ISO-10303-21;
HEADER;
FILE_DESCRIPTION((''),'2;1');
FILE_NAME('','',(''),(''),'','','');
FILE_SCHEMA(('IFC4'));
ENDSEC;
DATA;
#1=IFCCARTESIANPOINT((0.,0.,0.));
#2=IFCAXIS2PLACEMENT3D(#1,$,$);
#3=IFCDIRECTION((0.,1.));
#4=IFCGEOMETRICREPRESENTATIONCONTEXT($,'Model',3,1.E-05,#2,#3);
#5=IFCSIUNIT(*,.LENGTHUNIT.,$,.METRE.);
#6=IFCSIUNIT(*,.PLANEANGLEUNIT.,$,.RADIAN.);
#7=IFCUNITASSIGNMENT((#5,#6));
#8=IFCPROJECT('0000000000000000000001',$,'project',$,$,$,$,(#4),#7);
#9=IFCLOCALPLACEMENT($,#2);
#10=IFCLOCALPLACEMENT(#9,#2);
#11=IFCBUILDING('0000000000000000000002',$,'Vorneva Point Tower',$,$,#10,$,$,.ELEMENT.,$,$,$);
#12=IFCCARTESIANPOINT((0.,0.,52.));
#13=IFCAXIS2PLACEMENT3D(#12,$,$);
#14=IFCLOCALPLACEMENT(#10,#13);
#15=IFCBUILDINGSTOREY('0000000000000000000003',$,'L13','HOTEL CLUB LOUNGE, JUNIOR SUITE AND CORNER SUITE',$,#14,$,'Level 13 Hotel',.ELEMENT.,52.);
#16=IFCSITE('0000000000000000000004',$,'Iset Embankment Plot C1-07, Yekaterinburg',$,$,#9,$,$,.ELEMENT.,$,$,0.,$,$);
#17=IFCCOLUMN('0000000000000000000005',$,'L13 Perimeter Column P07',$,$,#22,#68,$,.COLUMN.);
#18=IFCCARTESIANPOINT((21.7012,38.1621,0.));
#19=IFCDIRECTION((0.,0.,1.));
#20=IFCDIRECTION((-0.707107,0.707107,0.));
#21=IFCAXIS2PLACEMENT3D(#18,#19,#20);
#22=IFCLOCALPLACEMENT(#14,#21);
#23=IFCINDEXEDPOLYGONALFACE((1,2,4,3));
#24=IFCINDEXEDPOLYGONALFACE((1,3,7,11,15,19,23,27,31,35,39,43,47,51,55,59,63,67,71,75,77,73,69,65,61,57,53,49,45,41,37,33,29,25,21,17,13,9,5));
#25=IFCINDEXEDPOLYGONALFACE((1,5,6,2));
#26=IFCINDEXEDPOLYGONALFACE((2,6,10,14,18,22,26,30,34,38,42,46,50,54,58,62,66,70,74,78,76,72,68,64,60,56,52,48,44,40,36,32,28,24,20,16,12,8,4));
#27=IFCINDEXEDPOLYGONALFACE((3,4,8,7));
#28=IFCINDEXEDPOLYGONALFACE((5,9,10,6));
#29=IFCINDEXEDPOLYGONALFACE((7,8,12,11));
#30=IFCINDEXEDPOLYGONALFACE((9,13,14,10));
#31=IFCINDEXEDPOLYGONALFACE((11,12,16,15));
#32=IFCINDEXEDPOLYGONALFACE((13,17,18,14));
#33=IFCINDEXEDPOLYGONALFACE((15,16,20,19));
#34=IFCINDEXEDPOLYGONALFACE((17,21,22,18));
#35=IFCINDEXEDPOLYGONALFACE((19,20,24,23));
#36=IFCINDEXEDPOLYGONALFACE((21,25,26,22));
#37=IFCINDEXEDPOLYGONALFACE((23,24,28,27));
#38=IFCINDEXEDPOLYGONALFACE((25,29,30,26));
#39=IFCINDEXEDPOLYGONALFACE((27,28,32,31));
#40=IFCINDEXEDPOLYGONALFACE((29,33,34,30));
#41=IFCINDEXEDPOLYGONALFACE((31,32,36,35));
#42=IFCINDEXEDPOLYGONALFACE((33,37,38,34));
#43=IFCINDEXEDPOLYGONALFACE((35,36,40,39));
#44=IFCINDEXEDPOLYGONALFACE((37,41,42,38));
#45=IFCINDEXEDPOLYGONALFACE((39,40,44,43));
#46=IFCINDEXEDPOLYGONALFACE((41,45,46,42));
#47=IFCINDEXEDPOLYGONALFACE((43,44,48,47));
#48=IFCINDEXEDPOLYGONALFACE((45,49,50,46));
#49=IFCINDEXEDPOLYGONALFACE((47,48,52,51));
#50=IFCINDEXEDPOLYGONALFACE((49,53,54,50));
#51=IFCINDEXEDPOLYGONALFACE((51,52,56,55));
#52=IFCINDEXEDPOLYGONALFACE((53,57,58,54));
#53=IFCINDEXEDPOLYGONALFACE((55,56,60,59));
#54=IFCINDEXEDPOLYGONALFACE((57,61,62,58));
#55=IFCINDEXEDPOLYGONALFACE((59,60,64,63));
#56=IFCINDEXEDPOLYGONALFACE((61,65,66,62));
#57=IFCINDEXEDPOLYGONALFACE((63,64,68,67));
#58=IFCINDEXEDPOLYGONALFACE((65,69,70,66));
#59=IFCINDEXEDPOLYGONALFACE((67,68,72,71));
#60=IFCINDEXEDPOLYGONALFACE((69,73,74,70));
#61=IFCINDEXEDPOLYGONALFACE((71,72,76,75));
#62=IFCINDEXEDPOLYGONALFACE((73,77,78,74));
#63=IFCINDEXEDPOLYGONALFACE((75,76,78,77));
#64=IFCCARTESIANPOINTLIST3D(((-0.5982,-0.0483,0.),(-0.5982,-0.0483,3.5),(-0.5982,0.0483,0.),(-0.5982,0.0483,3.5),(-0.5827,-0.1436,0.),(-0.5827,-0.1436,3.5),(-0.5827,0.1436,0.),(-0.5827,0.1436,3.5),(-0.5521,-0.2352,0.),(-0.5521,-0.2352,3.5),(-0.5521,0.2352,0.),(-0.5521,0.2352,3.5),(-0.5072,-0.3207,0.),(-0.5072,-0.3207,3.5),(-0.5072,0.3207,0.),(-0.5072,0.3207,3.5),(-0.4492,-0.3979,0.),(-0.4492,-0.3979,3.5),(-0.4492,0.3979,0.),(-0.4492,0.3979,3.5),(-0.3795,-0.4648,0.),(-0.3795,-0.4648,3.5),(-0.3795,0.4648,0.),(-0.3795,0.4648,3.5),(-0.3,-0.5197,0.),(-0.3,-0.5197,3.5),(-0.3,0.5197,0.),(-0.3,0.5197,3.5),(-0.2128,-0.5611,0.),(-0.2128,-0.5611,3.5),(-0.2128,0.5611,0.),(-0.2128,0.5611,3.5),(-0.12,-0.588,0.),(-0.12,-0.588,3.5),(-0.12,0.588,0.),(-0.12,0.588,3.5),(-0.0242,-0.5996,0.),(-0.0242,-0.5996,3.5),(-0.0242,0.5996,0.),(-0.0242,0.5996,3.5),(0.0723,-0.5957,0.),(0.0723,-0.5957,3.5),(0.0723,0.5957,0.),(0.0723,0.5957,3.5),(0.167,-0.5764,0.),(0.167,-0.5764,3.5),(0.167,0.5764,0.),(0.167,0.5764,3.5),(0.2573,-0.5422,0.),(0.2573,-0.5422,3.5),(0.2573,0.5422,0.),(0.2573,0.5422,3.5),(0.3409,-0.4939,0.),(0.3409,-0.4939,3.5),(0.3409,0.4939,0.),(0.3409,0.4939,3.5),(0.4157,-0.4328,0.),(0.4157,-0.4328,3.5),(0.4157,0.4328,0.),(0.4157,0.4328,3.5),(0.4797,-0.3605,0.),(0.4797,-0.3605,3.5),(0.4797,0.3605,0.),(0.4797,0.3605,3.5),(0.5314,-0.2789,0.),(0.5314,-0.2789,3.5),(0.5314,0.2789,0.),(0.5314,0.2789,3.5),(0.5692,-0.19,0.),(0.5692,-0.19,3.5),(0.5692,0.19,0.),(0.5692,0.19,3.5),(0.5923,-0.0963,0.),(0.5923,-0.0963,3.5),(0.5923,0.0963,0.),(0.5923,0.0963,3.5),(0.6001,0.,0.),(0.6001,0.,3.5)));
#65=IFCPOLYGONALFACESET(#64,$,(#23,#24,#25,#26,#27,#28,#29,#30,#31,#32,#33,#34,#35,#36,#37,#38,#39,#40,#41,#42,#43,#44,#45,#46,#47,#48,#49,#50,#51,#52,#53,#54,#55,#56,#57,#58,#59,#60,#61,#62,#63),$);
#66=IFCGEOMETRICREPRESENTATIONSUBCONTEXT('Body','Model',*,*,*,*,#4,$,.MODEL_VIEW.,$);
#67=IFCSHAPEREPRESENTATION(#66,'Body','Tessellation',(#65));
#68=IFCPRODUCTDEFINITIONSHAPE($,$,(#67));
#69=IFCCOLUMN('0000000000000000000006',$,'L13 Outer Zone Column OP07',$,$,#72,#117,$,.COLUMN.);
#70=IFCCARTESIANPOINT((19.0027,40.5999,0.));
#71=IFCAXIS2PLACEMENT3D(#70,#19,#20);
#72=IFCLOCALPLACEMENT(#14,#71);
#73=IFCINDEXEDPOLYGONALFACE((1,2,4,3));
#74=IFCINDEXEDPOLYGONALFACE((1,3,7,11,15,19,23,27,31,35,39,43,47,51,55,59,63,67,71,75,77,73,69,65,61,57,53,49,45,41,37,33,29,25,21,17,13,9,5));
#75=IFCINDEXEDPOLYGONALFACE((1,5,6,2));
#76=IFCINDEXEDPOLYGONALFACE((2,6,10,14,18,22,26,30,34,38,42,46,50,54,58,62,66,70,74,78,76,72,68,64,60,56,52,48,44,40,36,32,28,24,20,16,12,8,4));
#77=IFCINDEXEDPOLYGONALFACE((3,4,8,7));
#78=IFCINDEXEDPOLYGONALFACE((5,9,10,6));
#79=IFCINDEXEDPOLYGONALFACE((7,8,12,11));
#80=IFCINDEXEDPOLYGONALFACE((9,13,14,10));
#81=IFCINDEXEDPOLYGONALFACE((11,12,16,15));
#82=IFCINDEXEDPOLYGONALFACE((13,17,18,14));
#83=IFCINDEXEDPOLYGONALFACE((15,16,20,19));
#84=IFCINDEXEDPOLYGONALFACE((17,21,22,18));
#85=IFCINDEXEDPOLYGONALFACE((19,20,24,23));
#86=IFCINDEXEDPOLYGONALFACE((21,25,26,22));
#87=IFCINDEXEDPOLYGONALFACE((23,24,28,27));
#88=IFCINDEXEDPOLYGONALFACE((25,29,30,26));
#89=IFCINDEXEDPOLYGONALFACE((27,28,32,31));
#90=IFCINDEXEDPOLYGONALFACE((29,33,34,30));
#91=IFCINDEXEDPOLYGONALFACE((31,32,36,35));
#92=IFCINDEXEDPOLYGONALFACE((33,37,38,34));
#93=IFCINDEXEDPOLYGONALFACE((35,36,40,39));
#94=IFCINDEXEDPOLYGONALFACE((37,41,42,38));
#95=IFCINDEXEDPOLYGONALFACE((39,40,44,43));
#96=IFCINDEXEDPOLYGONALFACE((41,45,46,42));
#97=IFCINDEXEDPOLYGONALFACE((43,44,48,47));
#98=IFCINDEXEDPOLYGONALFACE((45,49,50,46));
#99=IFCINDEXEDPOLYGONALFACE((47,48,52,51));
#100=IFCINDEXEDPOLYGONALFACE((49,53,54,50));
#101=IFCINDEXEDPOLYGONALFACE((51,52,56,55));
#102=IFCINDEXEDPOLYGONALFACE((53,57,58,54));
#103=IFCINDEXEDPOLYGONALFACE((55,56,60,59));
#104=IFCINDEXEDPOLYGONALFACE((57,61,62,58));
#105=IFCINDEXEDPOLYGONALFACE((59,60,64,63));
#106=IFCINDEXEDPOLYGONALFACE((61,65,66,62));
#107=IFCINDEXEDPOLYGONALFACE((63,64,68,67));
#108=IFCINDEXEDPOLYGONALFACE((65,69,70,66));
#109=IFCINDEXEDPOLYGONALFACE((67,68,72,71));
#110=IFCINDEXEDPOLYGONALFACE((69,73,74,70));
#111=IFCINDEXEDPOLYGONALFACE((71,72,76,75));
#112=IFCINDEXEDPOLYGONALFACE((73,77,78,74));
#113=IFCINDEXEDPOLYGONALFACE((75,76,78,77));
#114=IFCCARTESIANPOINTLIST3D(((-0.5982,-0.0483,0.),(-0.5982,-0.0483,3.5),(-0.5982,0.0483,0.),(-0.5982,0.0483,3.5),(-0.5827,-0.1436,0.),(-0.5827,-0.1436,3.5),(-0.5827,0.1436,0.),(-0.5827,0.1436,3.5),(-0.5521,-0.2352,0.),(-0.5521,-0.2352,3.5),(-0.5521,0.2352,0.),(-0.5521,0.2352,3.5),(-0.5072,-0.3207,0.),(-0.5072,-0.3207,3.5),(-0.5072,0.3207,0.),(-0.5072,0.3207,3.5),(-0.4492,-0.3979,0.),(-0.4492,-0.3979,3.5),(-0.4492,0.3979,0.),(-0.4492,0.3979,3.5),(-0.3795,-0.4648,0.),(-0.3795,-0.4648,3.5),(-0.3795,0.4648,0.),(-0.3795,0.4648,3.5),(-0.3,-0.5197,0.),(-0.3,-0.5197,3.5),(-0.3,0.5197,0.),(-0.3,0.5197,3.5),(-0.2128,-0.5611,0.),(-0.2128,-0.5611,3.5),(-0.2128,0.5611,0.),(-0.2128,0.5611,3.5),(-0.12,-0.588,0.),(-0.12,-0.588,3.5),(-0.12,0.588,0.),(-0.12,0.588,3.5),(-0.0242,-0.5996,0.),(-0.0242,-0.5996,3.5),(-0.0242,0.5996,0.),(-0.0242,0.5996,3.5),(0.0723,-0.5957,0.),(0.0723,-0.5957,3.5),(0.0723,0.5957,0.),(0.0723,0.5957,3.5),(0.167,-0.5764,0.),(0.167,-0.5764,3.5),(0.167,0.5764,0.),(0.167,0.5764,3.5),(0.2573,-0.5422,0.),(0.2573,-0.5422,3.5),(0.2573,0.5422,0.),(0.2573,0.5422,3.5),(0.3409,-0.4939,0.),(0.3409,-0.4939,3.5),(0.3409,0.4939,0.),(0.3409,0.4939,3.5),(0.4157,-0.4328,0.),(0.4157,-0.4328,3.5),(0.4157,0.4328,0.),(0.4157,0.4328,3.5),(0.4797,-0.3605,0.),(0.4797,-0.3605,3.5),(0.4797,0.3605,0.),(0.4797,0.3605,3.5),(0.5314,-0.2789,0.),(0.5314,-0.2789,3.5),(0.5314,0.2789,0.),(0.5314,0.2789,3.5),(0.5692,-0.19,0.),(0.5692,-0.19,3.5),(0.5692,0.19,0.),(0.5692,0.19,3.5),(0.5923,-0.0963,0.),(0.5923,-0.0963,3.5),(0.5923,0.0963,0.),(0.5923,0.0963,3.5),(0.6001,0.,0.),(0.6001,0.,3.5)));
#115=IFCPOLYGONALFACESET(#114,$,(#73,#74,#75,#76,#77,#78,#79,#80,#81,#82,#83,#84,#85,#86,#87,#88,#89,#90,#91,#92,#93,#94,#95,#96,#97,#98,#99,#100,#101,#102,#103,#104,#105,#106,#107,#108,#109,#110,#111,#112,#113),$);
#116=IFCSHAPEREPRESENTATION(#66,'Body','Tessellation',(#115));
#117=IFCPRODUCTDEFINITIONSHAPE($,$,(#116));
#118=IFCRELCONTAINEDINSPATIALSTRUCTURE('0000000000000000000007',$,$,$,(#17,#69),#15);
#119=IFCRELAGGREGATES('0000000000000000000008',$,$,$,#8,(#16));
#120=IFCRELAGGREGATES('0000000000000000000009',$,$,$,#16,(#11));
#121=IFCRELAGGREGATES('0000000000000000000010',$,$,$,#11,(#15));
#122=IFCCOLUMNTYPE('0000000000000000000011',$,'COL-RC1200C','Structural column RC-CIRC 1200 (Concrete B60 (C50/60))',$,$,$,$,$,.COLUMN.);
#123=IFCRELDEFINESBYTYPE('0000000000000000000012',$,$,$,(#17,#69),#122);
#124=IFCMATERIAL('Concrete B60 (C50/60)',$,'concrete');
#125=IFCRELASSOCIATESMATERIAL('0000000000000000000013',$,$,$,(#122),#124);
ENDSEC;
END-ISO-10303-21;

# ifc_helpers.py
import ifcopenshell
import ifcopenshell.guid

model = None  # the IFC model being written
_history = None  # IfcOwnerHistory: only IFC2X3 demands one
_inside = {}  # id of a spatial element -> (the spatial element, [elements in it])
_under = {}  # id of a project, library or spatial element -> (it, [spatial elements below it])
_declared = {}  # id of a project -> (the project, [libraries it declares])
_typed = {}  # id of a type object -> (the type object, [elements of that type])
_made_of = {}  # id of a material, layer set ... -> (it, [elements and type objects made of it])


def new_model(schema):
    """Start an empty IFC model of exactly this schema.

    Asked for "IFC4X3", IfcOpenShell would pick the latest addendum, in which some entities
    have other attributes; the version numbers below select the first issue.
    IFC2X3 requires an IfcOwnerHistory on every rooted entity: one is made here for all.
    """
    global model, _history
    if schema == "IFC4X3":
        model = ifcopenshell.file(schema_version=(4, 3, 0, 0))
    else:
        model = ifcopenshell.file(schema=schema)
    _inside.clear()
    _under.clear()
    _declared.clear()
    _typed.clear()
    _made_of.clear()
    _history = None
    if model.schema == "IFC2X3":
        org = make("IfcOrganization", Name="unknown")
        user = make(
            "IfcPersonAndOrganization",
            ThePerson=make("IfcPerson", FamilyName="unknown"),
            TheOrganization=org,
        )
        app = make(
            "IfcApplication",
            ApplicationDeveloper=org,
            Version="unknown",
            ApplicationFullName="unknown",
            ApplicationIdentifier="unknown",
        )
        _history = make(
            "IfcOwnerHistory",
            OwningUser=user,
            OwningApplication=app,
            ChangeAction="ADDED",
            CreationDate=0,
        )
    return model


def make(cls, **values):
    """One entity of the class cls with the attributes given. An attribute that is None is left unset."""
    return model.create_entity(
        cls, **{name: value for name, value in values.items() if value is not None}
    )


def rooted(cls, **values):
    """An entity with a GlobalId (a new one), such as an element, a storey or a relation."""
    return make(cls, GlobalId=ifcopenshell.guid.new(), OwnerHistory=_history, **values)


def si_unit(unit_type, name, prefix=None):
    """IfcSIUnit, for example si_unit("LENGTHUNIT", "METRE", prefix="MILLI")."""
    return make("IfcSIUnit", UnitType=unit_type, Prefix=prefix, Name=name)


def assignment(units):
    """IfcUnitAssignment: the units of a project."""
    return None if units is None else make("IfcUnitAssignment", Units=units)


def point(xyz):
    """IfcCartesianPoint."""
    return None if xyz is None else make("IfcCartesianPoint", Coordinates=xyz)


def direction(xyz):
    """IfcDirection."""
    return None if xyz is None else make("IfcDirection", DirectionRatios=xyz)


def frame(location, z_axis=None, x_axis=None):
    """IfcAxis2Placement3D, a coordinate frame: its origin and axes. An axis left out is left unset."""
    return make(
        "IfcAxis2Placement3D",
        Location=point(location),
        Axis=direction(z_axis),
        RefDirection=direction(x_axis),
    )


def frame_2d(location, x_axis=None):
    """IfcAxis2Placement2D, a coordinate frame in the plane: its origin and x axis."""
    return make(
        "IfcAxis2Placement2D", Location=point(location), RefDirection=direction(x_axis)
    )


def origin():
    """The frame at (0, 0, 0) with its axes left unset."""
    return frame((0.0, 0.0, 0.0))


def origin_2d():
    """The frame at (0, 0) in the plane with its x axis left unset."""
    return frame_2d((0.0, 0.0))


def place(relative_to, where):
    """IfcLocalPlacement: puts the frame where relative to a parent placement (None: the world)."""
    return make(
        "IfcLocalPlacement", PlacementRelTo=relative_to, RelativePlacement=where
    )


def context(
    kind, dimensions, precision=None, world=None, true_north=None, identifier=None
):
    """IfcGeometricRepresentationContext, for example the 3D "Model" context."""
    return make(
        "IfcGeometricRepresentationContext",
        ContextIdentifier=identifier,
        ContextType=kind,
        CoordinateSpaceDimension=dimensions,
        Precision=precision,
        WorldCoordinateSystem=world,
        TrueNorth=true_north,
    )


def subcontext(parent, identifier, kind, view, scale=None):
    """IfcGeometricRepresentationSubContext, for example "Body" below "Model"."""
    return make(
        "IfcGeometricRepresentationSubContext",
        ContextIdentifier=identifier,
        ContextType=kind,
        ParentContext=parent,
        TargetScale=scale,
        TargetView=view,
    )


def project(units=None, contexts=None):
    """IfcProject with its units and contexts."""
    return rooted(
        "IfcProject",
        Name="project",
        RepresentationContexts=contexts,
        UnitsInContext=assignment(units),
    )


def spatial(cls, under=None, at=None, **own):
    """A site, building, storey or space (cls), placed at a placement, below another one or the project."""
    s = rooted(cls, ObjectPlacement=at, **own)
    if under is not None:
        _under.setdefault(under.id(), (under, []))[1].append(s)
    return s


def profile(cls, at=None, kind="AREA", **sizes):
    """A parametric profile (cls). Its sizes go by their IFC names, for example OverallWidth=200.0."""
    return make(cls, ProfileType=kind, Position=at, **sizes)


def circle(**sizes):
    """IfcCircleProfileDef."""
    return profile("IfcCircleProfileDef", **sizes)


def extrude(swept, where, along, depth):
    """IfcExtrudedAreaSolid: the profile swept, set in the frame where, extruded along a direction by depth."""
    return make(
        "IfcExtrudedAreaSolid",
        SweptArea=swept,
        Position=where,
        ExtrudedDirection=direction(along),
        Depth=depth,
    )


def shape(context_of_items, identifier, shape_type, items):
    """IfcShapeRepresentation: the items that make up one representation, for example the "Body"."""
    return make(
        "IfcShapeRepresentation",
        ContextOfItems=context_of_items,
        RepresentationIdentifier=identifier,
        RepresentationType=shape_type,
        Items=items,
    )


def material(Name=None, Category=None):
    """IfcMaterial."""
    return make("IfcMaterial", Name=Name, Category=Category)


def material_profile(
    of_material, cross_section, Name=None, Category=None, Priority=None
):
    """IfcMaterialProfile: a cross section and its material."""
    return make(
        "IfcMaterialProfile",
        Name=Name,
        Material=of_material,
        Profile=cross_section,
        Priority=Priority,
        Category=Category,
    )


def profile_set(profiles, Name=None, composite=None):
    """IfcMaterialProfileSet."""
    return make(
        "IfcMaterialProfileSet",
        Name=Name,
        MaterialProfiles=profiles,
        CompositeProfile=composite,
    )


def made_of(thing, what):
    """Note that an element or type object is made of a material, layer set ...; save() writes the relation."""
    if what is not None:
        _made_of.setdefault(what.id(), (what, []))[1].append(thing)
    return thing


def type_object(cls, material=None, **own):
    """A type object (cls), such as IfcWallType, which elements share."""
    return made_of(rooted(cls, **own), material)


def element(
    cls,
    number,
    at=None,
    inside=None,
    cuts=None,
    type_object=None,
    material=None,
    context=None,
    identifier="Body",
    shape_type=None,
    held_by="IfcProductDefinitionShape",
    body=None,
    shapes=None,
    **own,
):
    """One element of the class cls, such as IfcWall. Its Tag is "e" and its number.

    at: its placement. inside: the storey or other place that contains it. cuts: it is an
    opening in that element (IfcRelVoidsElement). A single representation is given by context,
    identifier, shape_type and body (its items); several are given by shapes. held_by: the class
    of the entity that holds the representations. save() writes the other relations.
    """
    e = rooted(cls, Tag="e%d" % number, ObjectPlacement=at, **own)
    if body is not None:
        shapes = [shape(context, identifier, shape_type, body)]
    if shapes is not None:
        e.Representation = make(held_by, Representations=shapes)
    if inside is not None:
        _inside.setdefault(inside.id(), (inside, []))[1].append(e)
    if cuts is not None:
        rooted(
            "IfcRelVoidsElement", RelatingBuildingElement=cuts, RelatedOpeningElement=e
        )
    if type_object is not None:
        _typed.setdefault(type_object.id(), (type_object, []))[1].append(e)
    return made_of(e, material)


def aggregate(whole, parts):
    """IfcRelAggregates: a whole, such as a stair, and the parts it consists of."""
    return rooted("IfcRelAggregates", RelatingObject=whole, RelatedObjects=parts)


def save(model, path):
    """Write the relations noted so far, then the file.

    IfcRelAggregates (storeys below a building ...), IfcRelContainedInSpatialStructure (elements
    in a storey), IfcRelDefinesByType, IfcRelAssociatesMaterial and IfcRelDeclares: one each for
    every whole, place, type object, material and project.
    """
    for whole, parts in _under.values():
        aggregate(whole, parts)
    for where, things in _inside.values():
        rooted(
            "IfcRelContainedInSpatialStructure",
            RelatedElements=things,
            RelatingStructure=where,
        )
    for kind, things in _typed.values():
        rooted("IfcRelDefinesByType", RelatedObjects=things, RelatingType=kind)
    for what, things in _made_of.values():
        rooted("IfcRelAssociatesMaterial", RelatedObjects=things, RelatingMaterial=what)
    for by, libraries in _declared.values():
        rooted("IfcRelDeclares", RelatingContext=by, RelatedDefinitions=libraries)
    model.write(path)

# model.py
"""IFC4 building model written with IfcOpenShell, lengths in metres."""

from ifc_helpers import new_model, si_unit, direction, frame, origin, origin_2d, place, context, subcontext, project, spatial, circle, extrude, material, material_profile, profile_set, type_object, element, save


model = new_model("IFC4")

# Units and contexts
model_context = context("Model", 3, precision=1e-05, world=origin(), true_north=direction((0.0, 1.0)))
body_context = subcontext(model_context, "Body", "Model", "MODEL_VIEW")
ifc_project = project(units=[si_unit("LENGTHUNIT", "METRE"), si_unit("PLANEANGLEUNIT", "RADIAN")], contexts=[model_context])

# Site, building, storey
site_placement = place(None, origin())
site = spatial("IfcSite", under=ifc_project, at=site_placement, Name="Iset Embankment Plot C1-07, Yekaterinburg", CompositionType="ELEMENT", RefElevation=0.0)
building_placement = place(site_placement, origin())
building = spatial("IfcBuilding", under=site, at=building_placement, Name="Vorneva Point Tower", CompositionType="ELEMENT")
storey_placement = place(building_placement, frame((0.0, 0.0, 52.0)))
storey = spatial("IfcBuildingStorey", under=building, at=storey_placement, Name="L13", Description="HOTEL CLUB LOUNGE, JUNIOR SUITE AND CORNER SUITE", LongName="Level 13 Hotel", CompositionType="ELEMENT", Elevation=52.0)

# Columns
ifc_material_1 = material(Name="Concrete B60 (C50/60)", Category="concrete")
ifc_material_profile_1 = material_profile(ifc_material_1, circle(Radius=0.6001, at=origin_2d()), Name="RC-CIRC 1200")
ifc_profile_set_1 = profile_set([ifc_material_profile_1], Name="Concrete B60 (C50/60)")
column_type = type_object("IfcColumnType", Name="COL-RC1200C", Description="Structural column RC-CIRC 1200 (Concrete B60 (C50/60))", PredefinedType="COLUMN", material=ifc_profile_set_1)
for number, where, z_axis, x_axis, name in (
    (1, (21.7012, 38.1621, 0.0), (0.0, 0.0, 1.0), (-0.707107, 0.707107, 0.0), "L13 Perimeter Column P07"),
    (2, (19.0027, 40.5999, 0.0), (0.0, 0.0, 1.0), (-0.707107, 0.707107, 0.0), "L13 Outer Zone Column OP07"),
):
    element("IfcColumn", number, at=place(storey_placement, frame(where, z_axis=z_axis, x_axis=x_axis)), inside=storey, type_object=column_type, Name=name, PredefinedType="COLUMN", context=body_context, shape_type="SweptSolid", body=[
        extrude(circle(Radius=0.6001, at=origin_2d()), origin(), (0.0, 0.0, 1.0), 3.5),
    ])

save(model, "model.ifc")
